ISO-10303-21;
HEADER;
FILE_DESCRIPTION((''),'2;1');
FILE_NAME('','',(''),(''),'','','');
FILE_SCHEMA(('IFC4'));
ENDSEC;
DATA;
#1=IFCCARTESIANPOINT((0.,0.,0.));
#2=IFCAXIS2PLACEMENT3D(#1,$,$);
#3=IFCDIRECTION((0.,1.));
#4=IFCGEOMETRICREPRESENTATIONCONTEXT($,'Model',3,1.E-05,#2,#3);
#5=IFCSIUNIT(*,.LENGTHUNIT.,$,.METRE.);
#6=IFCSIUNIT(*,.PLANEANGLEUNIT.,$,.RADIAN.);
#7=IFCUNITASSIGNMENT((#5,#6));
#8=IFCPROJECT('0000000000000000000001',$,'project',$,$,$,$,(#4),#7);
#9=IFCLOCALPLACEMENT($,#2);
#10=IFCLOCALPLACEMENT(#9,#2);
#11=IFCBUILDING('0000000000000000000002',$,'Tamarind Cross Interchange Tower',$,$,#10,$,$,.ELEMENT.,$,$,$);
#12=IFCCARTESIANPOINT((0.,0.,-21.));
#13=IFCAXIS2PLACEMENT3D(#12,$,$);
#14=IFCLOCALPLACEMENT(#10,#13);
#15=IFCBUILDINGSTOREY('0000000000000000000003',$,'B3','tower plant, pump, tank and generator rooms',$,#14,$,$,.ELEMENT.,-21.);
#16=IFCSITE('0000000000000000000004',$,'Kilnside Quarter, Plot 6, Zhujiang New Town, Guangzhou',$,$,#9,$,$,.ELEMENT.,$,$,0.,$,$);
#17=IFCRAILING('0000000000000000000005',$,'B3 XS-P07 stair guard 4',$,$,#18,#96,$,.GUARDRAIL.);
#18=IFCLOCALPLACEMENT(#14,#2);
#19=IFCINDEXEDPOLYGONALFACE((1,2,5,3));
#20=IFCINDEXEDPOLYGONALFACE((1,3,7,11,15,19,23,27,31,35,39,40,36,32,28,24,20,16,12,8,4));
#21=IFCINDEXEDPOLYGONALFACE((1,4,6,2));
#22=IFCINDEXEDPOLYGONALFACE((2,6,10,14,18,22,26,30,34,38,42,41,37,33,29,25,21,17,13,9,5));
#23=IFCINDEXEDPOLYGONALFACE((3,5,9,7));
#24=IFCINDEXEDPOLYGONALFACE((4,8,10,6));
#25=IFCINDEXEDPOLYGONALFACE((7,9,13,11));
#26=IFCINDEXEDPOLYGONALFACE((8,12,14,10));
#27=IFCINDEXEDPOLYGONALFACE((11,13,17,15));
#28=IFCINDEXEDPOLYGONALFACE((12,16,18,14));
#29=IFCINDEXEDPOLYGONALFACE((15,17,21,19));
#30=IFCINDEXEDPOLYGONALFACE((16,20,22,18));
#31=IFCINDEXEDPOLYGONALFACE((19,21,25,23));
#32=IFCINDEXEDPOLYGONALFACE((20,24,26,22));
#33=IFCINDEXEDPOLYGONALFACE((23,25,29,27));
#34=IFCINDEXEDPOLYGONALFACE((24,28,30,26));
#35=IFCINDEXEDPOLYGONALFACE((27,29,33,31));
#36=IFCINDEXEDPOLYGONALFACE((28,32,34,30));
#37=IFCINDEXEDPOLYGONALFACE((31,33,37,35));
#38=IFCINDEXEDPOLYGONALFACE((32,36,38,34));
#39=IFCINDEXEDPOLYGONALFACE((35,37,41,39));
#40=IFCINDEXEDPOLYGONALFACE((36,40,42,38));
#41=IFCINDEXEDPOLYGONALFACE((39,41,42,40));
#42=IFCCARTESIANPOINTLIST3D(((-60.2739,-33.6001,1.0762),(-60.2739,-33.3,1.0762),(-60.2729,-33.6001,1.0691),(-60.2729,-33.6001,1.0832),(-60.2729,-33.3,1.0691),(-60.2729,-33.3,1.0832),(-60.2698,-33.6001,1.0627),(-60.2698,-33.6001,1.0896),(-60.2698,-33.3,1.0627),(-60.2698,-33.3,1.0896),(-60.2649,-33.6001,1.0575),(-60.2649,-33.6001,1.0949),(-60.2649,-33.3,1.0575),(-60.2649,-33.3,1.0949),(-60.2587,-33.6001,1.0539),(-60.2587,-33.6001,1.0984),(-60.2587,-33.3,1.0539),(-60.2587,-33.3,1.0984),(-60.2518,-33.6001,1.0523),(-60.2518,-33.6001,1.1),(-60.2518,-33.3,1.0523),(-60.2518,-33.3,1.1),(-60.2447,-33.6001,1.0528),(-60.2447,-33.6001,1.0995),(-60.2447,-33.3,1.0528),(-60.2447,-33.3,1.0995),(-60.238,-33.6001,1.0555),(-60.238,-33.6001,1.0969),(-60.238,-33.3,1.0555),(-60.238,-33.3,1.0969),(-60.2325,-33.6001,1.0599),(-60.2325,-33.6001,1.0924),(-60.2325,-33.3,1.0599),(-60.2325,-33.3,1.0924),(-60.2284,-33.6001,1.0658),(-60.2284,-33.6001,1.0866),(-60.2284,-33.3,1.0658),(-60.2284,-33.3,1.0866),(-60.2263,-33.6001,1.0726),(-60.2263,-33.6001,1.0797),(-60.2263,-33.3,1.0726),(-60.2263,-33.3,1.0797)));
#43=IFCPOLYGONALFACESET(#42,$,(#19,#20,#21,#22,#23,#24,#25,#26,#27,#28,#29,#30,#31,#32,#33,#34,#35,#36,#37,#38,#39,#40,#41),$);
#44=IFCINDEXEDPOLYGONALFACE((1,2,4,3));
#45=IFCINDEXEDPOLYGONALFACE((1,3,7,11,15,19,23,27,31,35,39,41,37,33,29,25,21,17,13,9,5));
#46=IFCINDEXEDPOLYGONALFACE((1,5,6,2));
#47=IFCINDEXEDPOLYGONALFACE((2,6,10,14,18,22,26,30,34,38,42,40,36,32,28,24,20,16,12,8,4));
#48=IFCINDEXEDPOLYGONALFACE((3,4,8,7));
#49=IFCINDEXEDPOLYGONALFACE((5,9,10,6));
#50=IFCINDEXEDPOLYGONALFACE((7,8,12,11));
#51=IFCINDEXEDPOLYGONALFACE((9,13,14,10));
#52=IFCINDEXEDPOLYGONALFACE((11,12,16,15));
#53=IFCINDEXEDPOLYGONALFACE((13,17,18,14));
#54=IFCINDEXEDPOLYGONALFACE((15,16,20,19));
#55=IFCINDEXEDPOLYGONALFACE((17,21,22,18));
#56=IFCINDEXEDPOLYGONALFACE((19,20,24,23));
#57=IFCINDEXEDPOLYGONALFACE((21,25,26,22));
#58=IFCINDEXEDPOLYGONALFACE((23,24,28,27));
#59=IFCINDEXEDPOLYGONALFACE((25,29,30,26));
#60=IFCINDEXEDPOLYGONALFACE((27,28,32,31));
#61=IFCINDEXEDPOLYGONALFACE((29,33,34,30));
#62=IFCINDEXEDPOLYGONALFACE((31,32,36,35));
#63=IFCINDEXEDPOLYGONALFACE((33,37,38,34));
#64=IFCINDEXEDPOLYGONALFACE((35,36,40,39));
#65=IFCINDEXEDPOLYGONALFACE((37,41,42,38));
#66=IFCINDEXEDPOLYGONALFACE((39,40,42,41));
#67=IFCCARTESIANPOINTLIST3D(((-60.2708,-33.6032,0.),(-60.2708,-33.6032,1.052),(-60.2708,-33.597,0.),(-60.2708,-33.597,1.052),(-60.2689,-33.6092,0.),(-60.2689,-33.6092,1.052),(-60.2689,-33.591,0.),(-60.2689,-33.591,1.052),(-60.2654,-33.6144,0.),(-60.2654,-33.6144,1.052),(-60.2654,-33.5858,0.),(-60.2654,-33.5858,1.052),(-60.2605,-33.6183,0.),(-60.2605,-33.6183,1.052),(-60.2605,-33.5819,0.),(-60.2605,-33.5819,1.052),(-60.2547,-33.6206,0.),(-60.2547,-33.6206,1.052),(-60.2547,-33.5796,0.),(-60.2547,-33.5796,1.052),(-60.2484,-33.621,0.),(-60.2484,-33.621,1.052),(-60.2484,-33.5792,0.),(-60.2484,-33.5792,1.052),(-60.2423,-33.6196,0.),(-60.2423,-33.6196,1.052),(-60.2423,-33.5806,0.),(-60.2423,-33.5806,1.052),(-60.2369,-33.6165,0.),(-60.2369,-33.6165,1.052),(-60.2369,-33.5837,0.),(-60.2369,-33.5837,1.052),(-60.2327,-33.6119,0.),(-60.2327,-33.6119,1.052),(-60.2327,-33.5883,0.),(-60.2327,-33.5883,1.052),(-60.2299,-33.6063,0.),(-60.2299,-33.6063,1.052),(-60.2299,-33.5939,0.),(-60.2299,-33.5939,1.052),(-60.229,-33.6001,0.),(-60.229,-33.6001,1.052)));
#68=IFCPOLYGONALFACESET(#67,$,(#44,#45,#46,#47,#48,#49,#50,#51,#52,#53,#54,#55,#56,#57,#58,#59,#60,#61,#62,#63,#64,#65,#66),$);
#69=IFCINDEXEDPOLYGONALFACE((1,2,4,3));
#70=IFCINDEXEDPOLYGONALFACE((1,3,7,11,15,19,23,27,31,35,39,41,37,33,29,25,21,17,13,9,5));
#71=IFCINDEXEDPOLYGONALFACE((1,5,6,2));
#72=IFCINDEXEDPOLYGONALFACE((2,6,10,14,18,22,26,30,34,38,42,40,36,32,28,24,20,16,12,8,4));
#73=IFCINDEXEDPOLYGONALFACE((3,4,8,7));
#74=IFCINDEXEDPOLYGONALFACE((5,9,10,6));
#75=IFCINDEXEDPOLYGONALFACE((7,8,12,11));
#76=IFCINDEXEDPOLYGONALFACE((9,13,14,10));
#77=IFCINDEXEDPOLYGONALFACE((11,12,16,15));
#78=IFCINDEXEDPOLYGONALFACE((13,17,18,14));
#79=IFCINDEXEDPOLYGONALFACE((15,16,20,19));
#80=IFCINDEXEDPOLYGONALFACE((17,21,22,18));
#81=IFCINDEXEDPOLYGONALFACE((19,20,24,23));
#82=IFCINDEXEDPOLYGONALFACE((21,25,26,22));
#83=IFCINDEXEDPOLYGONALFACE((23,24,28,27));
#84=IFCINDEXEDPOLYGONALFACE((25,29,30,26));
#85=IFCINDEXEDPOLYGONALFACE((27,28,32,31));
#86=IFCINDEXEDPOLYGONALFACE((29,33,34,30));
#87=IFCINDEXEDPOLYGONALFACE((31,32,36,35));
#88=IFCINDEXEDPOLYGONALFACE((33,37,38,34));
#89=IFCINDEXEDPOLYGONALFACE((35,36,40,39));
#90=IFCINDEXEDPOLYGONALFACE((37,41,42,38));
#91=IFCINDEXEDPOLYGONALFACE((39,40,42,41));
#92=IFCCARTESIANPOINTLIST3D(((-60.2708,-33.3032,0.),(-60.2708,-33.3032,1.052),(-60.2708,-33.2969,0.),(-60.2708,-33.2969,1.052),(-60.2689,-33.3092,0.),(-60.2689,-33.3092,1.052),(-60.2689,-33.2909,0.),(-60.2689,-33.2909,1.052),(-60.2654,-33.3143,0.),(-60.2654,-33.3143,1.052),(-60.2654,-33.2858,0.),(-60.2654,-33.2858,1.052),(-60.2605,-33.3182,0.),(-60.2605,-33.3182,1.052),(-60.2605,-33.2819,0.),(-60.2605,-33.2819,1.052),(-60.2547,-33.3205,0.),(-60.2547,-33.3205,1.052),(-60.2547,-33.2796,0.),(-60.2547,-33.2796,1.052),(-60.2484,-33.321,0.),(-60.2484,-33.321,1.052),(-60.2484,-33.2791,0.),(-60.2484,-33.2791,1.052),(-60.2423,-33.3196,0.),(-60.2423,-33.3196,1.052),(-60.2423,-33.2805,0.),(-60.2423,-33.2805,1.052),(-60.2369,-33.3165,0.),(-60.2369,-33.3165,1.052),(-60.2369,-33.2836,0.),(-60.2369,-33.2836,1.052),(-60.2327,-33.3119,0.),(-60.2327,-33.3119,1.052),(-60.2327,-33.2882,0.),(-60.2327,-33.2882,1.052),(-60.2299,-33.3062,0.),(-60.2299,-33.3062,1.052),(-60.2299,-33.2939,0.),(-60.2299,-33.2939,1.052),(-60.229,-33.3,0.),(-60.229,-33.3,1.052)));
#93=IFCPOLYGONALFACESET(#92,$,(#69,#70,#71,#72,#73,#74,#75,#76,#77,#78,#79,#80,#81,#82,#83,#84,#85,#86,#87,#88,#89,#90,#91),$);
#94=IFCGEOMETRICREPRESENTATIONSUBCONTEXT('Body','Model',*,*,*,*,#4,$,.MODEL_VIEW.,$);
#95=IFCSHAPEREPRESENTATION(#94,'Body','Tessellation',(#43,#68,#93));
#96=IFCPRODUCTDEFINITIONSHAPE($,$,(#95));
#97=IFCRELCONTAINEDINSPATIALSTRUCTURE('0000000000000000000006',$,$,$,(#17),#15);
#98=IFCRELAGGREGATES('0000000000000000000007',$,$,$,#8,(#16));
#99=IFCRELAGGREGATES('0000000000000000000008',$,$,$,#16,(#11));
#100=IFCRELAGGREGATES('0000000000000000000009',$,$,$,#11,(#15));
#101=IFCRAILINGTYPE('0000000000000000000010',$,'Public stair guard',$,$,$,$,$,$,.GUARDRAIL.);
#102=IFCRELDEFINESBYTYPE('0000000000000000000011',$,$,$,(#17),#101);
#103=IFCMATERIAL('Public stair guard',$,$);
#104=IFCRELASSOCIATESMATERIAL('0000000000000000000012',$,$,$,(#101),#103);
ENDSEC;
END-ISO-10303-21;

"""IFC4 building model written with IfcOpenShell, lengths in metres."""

from ifc_helpers import new_model, si_unit, direction, frame, origin, origin_2d, place, context, subcontext, project, spatial, circle, extrude, material, type_object, element, save


model = new_model("IFC4")

# Units and contexts
model_context = context("Model", 3, precision=1e-05, world=origin(), true_north=direction((0.0, 1.0)))
body_context = subcontext(model_context, "Body", "Model", "MODEL_VIEW")
ifc_project = project(units=[si_unit("LENGTHUNIT", "METRE"), si_unit("PLANEANGLEUNIT", "RADIAN")], contexts=[model_context])

# Site, building, storey
site_placement = place(None, origin())
site = spatial("IfcSite", under=ifc_project, at=site_placement, Name="Kilnside Quarter, Plot 6, Zhujiang New Town, Guangzhou", CompositionType="ELEMENT", RefElevation=0.0)
building_placement = place(site_placement, origin())
building = spatial("IfcBuilding", under=site, at=building_placement, Name="Tamarind Cross Interchange Tower", CompositionType="ELEMENT")
storey_placement = place(building_placement, frame((0.0, 0.0, -21.0)))
storey = spatial("IfcBuildingStorey", under=building, at=storey_placement, Name="B3", Description="tower plant, pump, tank and generator rooms", CompositionType="ELEMENT", Elevation=-21.0)

# Railing
ifc_material_1 = material(Name="Public stair guard")
railing_type_1 = type_object("IfcRailingType", Name="Public stair guard", PredefinedType="GUARDRAIL", material=ifc_material_1)
railing_1_placement = place(storey_placement, frame((-60.25, -33.6001, 0.0)))
element("IfcRailing", 1, at=railing_1_placement, inside=storey, type_object=railing_type_1, Name="B3 XS-P07 stair guard 4", PredefinedType="GUARDRAIL", context=body_context, shape_type="SweptSolid", body=[
    extrude(circle(Radius=0.0239, at=origin_2d()), frame((0.0, 0.0, 1.0762), z_axis=(0.0, 1.0, 0.0), x_axis=(-1.0, 0.0, 0.0)), (0.0, 0.0, 1.0), 0.3),
    extrude(circle(Radius=0.021, at=origin_2d()), origin(), (0.0, 0.0, 1.0), 1.052),
    extrude(circle(Radius=0.021, at=origin_2d()), frame((0.0, 0.3, 0.0)), (0.0, 0.0, 1.0), 1.052),
])

save(model, "model.ifc")
